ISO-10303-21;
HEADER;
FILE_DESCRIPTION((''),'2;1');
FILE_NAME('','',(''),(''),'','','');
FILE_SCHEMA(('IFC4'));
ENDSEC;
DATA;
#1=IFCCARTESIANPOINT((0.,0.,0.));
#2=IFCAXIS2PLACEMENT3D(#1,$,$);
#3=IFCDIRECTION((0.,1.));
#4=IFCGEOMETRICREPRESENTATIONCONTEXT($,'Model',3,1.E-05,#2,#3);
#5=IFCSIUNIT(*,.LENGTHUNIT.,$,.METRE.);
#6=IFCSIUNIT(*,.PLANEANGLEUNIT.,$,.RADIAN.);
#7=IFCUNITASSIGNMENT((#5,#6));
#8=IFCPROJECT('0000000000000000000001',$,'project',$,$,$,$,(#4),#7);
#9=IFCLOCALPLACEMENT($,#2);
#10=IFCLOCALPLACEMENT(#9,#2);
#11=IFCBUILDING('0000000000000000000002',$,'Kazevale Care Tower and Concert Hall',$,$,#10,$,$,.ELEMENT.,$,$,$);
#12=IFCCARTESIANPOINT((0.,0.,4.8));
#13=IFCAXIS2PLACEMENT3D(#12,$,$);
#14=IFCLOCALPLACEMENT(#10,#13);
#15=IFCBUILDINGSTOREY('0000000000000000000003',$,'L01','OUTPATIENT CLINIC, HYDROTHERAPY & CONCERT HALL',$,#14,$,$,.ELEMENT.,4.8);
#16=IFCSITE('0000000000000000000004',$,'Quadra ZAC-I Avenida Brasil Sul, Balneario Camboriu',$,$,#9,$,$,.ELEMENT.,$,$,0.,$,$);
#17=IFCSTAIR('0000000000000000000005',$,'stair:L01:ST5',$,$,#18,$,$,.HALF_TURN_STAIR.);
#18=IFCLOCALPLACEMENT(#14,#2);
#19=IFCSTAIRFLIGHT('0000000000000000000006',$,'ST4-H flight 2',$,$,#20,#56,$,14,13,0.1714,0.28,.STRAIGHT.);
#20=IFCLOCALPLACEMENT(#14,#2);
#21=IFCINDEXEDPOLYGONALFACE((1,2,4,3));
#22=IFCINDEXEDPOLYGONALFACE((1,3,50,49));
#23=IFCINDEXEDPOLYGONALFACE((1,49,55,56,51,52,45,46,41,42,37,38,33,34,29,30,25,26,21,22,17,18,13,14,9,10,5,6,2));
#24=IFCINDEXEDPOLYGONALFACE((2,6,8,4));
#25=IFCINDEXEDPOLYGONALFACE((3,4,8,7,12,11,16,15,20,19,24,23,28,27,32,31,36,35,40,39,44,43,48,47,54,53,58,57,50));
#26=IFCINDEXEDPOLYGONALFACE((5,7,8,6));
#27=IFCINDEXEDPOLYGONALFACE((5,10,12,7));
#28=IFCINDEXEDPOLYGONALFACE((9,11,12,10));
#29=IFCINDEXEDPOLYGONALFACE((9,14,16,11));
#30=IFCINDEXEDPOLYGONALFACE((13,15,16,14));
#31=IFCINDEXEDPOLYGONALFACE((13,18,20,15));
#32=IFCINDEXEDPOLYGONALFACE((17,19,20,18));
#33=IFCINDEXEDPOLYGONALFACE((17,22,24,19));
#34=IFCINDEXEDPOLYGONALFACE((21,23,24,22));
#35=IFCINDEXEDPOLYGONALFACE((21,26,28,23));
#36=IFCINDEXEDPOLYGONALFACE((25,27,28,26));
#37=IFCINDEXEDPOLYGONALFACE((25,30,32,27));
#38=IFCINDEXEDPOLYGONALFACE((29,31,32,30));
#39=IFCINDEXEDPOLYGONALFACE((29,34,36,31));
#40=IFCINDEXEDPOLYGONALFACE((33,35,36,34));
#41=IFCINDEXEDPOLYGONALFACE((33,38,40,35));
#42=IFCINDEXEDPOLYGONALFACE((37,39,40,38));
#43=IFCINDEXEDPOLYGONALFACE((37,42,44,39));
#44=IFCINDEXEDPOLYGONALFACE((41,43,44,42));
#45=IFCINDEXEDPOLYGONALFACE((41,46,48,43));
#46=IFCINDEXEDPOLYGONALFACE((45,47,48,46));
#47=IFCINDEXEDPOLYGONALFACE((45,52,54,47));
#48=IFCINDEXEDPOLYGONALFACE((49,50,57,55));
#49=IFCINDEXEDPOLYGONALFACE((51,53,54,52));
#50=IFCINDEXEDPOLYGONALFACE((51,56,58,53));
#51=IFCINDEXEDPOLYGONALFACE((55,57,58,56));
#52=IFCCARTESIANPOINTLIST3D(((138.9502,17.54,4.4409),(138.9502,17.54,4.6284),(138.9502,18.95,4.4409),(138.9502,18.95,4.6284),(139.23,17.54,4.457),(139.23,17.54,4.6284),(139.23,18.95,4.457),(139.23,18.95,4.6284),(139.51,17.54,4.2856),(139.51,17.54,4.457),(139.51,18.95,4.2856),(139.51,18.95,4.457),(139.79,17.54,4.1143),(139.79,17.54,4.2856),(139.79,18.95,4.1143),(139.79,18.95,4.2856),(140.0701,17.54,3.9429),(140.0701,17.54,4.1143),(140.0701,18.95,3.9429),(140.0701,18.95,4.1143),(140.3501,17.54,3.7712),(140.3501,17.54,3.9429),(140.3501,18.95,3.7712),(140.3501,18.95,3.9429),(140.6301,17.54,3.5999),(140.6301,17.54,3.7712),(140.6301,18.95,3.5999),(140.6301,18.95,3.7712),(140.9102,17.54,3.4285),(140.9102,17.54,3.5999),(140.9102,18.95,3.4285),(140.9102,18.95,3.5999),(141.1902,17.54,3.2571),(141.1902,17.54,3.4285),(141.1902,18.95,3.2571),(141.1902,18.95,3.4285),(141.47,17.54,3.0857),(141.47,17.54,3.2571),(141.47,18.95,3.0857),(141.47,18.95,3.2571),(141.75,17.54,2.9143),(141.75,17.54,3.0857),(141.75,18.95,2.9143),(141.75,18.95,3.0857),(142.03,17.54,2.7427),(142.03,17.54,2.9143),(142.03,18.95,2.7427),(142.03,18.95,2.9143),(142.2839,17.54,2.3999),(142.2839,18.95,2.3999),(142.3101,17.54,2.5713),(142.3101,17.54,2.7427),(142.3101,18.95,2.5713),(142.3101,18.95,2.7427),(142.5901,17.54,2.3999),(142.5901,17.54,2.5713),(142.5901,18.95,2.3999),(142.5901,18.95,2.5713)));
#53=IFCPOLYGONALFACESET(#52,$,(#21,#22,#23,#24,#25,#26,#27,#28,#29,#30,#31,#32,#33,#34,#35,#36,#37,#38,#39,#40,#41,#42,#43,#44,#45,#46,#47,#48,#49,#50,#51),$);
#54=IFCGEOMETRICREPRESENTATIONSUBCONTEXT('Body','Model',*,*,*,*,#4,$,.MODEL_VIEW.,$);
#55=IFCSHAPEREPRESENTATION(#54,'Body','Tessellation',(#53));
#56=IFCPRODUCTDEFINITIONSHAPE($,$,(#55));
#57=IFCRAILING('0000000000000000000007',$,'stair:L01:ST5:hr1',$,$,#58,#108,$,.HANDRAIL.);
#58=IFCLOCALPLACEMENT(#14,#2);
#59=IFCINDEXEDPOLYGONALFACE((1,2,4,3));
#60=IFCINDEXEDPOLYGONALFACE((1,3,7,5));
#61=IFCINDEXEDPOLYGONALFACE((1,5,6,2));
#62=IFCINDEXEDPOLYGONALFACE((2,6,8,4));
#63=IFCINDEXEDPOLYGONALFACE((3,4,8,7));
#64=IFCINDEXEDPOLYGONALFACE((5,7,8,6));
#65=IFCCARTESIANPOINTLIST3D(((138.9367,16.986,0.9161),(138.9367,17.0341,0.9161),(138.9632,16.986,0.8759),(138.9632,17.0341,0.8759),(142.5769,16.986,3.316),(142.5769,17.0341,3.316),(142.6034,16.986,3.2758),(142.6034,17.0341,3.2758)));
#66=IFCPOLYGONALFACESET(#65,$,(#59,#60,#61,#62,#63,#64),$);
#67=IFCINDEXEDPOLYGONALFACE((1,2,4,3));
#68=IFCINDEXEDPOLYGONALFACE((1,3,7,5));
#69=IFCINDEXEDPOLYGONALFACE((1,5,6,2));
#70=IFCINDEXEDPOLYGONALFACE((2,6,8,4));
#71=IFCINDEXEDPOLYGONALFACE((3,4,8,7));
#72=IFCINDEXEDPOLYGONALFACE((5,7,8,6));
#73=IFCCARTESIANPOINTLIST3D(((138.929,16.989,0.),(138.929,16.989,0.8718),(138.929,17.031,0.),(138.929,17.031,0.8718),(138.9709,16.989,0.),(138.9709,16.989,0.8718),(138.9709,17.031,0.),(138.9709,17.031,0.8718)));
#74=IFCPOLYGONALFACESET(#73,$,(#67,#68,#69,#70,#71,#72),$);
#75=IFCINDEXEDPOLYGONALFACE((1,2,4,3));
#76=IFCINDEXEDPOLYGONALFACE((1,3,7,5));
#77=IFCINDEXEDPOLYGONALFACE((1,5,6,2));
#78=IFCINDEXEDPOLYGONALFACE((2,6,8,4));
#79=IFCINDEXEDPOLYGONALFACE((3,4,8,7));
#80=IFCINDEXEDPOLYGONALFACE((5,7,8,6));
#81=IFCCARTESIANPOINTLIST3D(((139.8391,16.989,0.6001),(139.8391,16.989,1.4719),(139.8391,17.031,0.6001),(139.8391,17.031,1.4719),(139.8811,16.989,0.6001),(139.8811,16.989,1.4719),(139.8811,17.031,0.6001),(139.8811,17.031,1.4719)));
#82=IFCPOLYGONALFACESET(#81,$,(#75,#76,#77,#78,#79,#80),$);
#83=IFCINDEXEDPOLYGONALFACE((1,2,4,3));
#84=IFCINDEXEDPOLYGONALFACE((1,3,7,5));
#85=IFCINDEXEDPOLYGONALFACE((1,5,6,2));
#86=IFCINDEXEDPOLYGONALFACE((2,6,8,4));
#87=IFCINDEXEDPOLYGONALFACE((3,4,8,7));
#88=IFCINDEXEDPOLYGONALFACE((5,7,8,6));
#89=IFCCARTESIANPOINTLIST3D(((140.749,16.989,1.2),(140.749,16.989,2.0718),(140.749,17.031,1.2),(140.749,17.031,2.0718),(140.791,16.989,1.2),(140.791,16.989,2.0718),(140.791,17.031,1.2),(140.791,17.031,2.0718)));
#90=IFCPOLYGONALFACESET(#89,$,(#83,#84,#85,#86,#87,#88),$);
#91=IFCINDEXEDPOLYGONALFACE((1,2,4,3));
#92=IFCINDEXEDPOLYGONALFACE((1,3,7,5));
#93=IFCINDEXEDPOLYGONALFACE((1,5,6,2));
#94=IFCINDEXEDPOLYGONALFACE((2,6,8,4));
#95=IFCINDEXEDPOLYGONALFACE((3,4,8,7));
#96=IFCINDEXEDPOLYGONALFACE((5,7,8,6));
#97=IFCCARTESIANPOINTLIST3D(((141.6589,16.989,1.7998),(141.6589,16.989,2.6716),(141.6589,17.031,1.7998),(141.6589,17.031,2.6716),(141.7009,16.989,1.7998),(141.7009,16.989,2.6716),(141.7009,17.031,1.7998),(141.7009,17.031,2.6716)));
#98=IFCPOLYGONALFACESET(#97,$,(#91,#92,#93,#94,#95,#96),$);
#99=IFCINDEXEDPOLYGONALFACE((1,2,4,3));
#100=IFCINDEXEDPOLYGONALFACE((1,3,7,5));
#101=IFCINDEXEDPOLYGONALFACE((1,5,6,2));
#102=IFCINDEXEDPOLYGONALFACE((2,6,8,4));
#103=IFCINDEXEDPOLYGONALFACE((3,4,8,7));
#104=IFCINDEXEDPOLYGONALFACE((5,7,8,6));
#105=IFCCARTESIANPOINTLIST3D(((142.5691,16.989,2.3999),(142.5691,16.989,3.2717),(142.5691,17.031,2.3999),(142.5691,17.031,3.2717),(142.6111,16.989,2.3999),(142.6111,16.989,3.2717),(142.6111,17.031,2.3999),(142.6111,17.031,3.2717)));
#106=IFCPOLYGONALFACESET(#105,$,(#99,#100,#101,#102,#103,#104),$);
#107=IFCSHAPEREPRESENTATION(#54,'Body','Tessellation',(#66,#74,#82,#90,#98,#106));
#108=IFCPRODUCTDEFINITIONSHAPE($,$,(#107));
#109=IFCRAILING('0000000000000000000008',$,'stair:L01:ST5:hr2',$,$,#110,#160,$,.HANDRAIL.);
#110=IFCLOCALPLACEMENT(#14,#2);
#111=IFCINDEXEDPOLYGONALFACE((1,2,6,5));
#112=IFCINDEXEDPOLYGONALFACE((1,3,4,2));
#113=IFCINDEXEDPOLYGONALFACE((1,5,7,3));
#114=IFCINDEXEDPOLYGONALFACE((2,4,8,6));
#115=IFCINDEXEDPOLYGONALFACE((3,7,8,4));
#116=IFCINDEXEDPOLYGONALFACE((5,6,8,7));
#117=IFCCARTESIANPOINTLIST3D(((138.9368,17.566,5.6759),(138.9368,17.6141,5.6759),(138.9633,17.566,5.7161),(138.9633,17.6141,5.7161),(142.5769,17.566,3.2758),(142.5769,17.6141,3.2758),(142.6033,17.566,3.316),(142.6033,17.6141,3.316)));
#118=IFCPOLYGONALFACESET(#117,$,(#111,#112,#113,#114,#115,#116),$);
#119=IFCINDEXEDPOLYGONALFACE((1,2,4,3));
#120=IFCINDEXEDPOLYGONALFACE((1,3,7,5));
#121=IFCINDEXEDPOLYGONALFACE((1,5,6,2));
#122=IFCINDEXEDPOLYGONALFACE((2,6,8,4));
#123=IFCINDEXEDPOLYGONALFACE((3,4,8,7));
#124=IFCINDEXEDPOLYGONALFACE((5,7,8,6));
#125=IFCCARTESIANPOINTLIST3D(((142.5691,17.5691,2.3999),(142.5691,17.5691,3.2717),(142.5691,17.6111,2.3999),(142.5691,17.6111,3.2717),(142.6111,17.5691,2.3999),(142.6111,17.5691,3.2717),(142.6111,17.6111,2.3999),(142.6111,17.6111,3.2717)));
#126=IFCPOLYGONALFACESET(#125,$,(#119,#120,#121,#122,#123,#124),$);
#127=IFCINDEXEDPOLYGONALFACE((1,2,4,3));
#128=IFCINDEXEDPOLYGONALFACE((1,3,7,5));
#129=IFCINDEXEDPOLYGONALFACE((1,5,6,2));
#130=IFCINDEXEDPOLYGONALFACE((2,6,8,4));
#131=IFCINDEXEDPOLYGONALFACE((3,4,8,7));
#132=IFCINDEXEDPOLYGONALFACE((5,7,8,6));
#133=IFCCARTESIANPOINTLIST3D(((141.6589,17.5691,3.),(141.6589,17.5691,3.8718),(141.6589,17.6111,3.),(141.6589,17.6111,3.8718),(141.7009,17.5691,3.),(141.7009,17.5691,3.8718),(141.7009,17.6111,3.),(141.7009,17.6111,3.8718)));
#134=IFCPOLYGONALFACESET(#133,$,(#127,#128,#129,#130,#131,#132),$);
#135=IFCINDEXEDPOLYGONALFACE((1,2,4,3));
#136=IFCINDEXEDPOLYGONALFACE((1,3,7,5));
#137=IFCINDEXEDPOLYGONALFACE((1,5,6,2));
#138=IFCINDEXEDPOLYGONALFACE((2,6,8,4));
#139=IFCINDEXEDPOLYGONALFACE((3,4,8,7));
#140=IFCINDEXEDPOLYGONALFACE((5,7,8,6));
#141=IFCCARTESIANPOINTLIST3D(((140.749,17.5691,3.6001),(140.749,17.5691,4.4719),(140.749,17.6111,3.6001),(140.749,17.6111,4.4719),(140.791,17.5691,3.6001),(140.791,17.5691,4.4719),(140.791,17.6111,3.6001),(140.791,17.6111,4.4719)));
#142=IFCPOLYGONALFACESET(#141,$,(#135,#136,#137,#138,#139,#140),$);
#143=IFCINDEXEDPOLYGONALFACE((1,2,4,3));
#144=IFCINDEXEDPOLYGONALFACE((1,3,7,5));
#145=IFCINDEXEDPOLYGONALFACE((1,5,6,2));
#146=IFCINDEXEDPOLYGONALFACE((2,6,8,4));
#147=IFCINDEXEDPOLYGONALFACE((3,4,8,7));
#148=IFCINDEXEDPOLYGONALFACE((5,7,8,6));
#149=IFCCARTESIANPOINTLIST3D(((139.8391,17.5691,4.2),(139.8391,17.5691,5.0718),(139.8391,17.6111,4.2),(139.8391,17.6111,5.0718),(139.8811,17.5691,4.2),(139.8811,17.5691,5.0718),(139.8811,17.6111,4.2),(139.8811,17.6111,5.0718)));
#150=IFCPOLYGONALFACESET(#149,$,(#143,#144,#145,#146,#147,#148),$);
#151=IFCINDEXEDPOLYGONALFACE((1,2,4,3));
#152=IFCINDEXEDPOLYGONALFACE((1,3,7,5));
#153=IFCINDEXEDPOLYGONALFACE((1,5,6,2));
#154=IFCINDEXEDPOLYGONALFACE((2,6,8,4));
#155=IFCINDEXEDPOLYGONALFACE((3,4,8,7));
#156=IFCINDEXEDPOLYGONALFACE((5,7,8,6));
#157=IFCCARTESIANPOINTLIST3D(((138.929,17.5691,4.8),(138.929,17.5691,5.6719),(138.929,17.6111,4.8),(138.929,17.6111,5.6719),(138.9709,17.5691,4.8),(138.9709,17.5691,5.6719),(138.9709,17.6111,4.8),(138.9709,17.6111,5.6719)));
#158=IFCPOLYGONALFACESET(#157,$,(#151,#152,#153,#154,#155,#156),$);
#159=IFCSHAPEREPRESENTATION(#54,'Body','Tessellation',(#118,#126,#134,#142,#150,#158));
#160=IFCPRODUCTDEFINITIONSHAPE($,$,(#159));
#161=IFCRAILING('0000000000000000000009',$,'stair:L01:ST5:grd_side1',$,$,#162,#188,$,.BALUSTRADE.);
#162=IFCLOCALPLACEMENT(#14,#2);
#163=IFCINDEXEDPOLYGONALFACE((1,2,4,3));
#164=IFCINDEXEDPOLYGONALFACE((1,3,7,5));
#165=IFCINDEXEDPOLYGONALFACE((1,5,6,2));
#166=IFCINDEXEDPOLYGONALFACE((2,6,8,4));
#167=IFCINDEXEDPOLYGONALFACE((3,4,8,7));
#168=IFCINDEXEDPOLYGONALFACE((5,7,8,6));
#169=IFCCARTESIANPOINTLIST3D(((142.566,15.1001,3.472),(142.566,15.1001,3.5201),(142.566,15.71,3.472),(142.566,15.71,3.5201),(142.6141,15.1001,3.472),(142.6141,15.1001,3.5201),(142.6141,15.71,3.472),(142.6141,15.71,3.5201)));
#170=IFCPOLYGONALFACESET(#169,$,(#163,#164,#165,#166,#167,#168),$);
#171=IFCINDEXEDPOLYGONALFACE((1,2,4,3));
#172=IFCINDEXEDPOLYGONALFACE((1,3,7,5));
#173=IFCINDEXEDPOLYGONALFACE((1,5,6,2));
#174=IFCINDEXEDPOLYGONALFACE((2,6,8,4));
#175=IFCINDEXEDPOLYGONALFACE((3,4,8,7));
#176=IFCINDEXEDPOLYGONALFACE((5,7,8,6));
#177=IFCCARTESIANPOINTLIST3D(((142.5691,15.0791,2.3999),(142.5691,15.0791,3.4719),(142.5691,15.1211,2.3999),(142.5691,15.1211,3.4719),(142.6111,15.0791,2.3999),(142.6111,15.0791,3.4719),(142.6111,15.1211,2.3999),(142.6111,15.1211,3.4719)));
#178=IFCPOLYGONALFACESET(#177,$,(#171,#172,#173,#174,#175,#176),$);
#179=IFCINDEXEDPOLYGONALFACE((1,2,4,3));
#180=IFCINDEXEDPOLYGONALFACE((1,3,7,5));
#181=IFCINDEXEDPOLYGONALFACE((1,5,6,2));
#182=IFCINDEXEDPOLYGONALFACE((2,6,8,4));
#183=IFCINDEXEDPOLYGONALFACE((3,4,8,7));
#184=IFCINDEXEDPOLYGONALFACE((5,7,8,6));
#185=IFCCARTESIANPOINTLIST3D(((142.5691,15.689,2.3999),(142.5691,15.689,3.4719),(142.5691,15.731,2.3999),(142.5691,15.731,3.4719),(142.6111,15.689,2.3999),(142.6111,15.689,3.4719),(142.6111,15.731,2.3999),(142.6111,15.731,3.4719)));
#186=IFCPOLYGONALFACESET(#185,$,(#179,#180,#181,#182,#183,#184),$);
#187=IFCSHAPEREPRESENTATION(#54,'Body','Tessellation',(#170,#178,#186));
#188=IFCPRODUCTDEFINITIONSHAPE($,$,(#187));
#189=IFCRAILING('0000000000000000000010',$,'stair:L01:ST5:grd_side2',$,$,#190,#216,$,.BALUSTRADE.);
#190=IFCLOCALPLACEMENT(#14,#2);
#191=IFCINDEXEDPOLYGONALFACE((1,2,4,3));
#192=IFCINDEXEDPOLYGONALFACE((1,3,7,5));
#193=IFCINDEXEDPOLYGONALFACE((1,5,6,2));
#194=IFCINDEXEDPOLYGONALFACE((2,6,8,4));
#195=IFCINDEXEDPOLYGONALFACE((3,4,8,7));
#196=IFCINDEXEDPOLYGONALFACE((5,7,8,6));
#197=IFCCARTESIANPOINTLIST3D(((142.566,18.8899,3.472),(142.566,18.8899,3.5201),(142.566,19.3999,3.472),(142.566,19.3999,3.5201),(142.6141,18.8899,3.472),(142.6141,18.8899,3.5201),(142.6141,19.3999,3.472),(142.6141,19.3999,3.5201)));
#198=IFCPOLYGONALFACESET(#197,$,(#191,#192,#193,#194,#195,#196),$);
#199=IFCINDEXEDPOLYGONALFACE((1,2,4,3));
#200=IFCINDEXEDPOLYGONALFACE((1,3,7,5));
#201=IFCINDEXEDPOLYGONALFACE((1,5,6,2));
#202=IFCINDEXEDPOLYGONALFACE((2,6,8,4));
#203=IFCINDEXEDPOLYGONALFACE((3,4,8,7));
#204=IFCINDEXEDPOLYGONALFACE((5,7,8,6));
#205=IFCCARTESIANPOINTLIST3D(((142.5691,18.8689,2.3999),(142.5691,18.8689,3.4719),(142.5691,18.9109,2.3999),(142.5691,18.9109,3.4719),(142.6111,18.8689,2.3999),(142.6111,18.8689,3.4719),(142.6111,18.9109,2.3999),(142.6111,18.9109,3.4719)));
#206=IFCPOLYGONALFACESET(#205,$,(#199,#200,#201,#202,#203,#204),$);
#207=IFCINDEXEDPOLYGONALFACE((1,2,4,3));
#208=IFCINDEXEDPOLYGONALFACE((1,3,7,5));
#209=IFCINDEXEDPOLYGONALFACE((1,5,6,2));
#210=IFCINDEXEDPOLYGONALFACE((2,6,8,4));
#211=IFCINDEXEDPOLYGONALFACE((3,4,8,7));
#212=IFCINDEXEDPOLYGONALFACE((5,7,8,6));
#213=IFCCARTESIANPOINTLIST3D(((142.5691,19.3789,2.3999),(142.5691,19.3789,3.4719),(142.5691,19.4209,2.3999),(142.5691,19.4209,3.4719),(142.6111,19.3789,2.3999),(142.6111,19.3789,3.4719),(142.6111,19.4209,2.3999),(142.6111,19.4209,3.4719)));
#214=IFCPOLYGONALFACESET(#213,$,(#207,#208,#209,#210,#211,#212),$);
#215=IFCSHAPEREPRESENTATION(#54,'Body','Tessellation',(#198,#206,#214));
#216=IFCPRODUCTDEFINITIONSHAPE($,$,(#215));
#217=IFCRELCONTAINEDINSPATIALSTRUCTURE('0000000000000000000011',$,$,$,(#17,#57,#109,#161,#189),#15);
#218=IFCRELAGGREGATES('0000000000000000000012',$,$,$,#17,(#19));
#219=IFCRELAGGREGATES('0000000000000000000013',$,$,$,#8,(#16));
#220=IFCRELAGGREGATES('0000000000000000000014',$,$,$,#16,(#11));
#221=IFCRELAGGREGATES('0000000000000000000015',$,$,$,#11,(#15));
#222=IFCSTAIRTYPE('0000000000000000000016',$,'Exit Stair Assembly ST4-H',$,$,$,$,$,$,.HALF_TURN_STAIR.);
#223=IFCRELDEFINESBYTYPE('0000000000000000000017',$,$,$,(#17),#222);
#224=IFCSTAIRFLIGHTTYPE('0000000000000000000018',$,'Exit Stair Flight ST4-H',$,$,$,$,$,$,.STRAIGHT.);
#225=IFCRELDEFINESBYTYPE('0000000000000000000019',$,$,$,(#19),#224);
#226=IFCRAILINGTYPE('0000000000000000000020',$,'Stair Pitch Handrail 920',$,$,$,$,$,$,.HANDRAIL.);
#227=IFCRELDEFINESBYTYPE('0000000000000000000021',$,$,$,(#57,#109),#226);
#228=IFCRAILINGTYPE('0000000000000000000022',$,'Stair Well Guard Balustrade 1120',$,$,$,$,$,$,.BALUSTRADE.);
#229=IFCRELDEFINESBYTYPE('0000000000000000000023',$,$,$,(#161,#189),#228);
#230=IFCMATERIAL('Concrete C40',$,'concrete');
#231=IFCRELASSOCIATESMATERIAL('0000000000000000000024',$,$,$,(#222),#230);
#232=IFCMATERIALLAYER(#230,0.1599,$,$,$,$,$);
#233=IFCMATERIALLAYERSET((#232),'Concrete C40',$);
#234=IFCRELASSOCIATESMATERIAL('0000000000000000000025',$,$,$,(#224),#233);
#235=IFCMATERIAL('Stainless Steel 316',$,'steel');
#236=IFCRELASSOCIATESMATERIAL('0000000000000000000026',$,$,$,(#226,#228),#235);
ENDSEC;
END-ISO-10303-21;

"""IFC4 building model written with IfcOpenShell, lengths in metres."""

from ifc_helpers import new_model, si_unit, direction, frame, origin, origin_2d, place, context, subcontext, project, spatial, polyline, rectangle, outline, extrude, material, layer, layer_set, type_object, element, aggregate, save


model = new_model("IFC4")

# Units and contexts
model_context = context("Model", 3, precision=1e-05, world=origin(), true_north=direction((0.0, 1.0)))
body_context = subcontext(model_context, "Body", "Model", "MODEL_VIEW")
ifc_project = project(units=[si_unit("LENGTHUNIT", "METRE"), si_unit("PLANEANGLEUNIT", "RADIAN")], contexts=[model_context])

# Site, building, storey
site_placement = place(None, origin())
site = spatial("IfcSite", under=ifc_project, at=site_placement, Name="Quadra ZAC-I Avenida Brasil Sul, Balneario Camboriu", CompositionType="ELEMENT", RefElevation=0.0)
building_placement = place(site_placement, origin())
building = spatial("IfcBuilding", under=site, at=building_placement, Name="Kazevale Care Tower and Concert Hall", CompositionType="ELEMENT")
storey_placement = place(building_placement, frame((0.0, 0.0, 4.8)))
storey = spatial("IfcBuildingStorey", under=building, at=storey_placement, Name="L01", Description="OUTPATIENT CLINIC, HYDROTHERAPY & CONCERT HALL", CompositionType="ELEMENT", Elevation=4.8)

# Stair, stair flight
ifc_material_1 = material(Name="Concrete C40", Category="concrete")
stair_type = type_object("IfcStairType", Name="Exit Stair Assembly ST4-H", PredefinedType="HALF_TURN_STAIR", material=ifc_material_1)
stair_placement = place(storey_placement, origin())
stair = element("IfcStair", 1, at=stair_placement, inside=storey, type_object=stair_type, Name="stair:L01:ST5", PredefinedType="HALF_TURN_STAIR")
ifc_layer_1 = layer(ifc_material_1, 0.1599)
ifc_layer_set_1 = layer_set([ifc_layer_1], Name="Concrete C40")
stair_flight_type = type_object("IfcStairFlightType", Name="Exit Stair Flight ST4-H", PredefinedType="STRAIGHT", material=ifc_layer_set_1)
stair_flight_1_placement = place(storey_placement, frame((142.5901, 18.2451, 2.3999), z_axis=(0.0, 0.0, 1.0), x_axis=(-1.0, 0.0, 0.0)))
stair_flight_1 = element("IfcStairFlight", 2, at=stair_flight_1_placement, type_object=stair_flight_type, Name="ST4-H flight 2", NumberOfRisers=14, NumberOfTreads=13, PredefinedType="STRAIGHT", RiserHeight=0.1714, TreadLength=0.28, context=body_context, shape_type="SweptSolid", body=[
    extrude(outline(polyline([(0.0, 0.0), (0.0, 0.1714), (0.28, 0.1714), (0.28, 0.3428), (0.5601, 0.3428), (0.5601, 0.5144), (0.8401, 0.5144), (0.8401, 0.6858), (1.1201, 0.6858), (1.1201, 0.8572), (1.3999, 0.8572), (1.3999, 1.0286), (1.6799, 1.0286), (1.6799, 1.2), (1.96, 1.2), (1.96, 1.3713), (2.24, 1.3713), (2.24, 1.543), (2.52, 1.543), (2.52, 1.7144), (2.8, 1.7144), (2.8, 1.8857), (3.0801, 1.8857), (3.0801, 2.0571), (3.3601, 2.0571), (3.3601, 2.2285), (3.6399, 2.2285), (3.6399, 2.3999), (3.6399, 2.041), (0.3062, 0.0), (0.0, 0.0)])), frame((0.0, 0.7051, 0.0), z_axis=(0.0, -1.0, 0.0), x_axis=(1.0, 0.0, 0.0)), (0.0, 0.0, 1.0), 1.4099),
])
aggregate(stair, [stair_flight_1])

# Railings
ifc_material_2 = material(Name="Stainless Steel 316", Category="steel")
railing_type_1 = type_object("IfcRailingType", Name="Stair Pitch Handrail 920", PredefinedType="HANDRAIL", material=ifc_material_2)
railing_1_placement = place(storey_placement, frame((138.95, 17.01, 0.0)))
element("IfcRailing", 3, at=railing_1_placement, inside=storey, type_object=railing_type_1, Name="stair:L01:ST5:hr1", PredefinedType="HANDRAIL", context=body_context, shape_type="SweptSolid", body=[
    extrude(rectangle(XDim=0.0481, YDim=0.0481, at=origin_2d()), frame((0.0, 0.0, 0.896), z_axis=(0.834882, 0.0, 0.550429), x_axis=(0.0, 1.0, 0.0)), (0.0, 0.0, 1.0), 4.3601),
    extrude(rectangle(XDim=0.042, YDim=0.042, at=origin_2d()), origin(), (0.0, 0.0, 1.0), 0.8718),
    extrude(rectangle(XDim=0.042, YDim=0.042, at=origin_2d()), frame((0.9102, 0.0, 0.6001)), (0.0, 0.0, 1.0), 0.8718),
    extrude(rectangle(XDim=0.042, YDim=0.042, at=origin_2d()), frame((1.8201, 0.0, 1.2)), (0.0, 0.0, 1.0), 0.8718),
    extrude(rectangle(XDim=0.042, YDim=0.042, at=origin_2d()), frame((2.73, 0.0, 1.7998)), (0.0, 0.0, 1.0), 0.8718),
    extrude(rectangle(XDim=0.042, YDim=0.042, at=origin_2d()), frame((3.6401, 0.0, 2.3999)), (0.0, 0.0, 1.0), 0.8718),
])
railing_2_placement = place(storey_placement, frame((142.5901, 17.5901, 2.3999)))
element("IfcRailing", 4, at=railing_2_placement, inside=storey, type_object=railing_type_1, Name="stair:L01:ST5:hr2", PredefinedType="HANDRAIL", context=body_context, shape_type="SweptSolid", body=[
    extrude(rectangle(XDim=0.0481, YDim=0.0481, at=origin_2d()), frame((0.0, 0.0, 0.896), z_axis=(-0.834856, 0.0, 0.550468), x_axis=(0.0, -1.0, 0.0)), (0.0, 0.0, 1.0), 4.3601),
    extrude(rectangle(XDim=0.042, YDim=0.042, at=origin_2d()), origin(), (0.0, 0.0, 1.0), 0.8718),
    extrude(rectangle(XDim=0.042, YDim=0.042, at=origin_2d()), frame((-0.9102, 0.0, 0.6001)), (0.0, 0.0, 1.0), 0.8718),
    extrude(rectangle(XDim=0.042, YDim=0.042, at=origin_2d()), frame((-1.8201, 0.0, 1.2002)), (0.0, 0.0, 1.0), 0.8718),
    extrude(rectangle(XDim=0.042, YDim=0.042, at=origin_2d()), frame((-2.73, 0.0, 1.8)), (0.0, 0.0, 1.0), 0.8718),
    extrude(rectangle(XDim=0.042, YDim=0.042, at=origin_2d()), frame((-3.6401, 0.0, 2.4001)), (0.0, 0.0, 1.0), 0.8718),
])
railing_type_2 = type_object("IfcRailingType", Name="Stair Well Guard Balustrade 1120", PredefinedType="BALUSTRADE", material=ifc_material_2)
railing_3_placement = place(storey_placement, frame((142.5901, 15.1001, 2.3999)))
element("IfcRailing", 5, at=railing_3_placement, inside=storey, type_object=railing_type_2, Name="stair:L01:ST5:grd_side1", PredefinedType="BALUSTRADE", context=body_context, shape_type="SweptSolid", body=[
    extrude(rectangle(XDim=0.0481, YDim=0.0481, at=origin_2d()), frame((0.0, 0.0, 1.0962), z_axis=(0.0, 1.0, 0.0), x_axis=(-1.0, 0.0, 0.0)), (0.0, 0.0, 1.0), 0.6099),
    extrude(rectangle(XDim=0.042, YDim=0.042, at=origin_2d()), origin(), (0.0, 0.0, 1.0), 1.072),
    extrude(rectangle(XDim=0.042, YDim=0.042, at=origin_2d()), frame((0.0, 0.6099, 0.0)), (0.0, 0.0, 1.0), 1.072),
])
railing_4_placement = place(storey_placement, frame((142.5901, 18.8899, 2.3999)))
element("IfcRailing", 6, at=railing_4_placement, inside=storey, type_object=railing_type_2, Name="stair:L01:ST5:grd_side2", PredefinedType="BALUSTRADE", context=body_context, shape_type="SweptSolid", body=[
    extrude(rectangle(XDim=0.0481, YDim=0.0481, at=origin_2d()), frame((0.0, 0.0, 1.0962), z_axis=(0.0, 1.0, 0.0), x_axis=(-1.0, 0.0, 0.0)), (0.0, 0.0, 1.0), 0.51),
    extrude(rectangle(XDim=0.042, YDim=0.042, at=origin_2d()), origin(), (0.0, 0.0, 1.0), 1.072),
    extrude(rectangle(XDim=0.042, YDim=0.042, at=origin_2d()), frame((0.0, 0.51, 0.0)), (0.0, 0.0, 1.0), 1.072),
])

save(model, "model.ifc")
